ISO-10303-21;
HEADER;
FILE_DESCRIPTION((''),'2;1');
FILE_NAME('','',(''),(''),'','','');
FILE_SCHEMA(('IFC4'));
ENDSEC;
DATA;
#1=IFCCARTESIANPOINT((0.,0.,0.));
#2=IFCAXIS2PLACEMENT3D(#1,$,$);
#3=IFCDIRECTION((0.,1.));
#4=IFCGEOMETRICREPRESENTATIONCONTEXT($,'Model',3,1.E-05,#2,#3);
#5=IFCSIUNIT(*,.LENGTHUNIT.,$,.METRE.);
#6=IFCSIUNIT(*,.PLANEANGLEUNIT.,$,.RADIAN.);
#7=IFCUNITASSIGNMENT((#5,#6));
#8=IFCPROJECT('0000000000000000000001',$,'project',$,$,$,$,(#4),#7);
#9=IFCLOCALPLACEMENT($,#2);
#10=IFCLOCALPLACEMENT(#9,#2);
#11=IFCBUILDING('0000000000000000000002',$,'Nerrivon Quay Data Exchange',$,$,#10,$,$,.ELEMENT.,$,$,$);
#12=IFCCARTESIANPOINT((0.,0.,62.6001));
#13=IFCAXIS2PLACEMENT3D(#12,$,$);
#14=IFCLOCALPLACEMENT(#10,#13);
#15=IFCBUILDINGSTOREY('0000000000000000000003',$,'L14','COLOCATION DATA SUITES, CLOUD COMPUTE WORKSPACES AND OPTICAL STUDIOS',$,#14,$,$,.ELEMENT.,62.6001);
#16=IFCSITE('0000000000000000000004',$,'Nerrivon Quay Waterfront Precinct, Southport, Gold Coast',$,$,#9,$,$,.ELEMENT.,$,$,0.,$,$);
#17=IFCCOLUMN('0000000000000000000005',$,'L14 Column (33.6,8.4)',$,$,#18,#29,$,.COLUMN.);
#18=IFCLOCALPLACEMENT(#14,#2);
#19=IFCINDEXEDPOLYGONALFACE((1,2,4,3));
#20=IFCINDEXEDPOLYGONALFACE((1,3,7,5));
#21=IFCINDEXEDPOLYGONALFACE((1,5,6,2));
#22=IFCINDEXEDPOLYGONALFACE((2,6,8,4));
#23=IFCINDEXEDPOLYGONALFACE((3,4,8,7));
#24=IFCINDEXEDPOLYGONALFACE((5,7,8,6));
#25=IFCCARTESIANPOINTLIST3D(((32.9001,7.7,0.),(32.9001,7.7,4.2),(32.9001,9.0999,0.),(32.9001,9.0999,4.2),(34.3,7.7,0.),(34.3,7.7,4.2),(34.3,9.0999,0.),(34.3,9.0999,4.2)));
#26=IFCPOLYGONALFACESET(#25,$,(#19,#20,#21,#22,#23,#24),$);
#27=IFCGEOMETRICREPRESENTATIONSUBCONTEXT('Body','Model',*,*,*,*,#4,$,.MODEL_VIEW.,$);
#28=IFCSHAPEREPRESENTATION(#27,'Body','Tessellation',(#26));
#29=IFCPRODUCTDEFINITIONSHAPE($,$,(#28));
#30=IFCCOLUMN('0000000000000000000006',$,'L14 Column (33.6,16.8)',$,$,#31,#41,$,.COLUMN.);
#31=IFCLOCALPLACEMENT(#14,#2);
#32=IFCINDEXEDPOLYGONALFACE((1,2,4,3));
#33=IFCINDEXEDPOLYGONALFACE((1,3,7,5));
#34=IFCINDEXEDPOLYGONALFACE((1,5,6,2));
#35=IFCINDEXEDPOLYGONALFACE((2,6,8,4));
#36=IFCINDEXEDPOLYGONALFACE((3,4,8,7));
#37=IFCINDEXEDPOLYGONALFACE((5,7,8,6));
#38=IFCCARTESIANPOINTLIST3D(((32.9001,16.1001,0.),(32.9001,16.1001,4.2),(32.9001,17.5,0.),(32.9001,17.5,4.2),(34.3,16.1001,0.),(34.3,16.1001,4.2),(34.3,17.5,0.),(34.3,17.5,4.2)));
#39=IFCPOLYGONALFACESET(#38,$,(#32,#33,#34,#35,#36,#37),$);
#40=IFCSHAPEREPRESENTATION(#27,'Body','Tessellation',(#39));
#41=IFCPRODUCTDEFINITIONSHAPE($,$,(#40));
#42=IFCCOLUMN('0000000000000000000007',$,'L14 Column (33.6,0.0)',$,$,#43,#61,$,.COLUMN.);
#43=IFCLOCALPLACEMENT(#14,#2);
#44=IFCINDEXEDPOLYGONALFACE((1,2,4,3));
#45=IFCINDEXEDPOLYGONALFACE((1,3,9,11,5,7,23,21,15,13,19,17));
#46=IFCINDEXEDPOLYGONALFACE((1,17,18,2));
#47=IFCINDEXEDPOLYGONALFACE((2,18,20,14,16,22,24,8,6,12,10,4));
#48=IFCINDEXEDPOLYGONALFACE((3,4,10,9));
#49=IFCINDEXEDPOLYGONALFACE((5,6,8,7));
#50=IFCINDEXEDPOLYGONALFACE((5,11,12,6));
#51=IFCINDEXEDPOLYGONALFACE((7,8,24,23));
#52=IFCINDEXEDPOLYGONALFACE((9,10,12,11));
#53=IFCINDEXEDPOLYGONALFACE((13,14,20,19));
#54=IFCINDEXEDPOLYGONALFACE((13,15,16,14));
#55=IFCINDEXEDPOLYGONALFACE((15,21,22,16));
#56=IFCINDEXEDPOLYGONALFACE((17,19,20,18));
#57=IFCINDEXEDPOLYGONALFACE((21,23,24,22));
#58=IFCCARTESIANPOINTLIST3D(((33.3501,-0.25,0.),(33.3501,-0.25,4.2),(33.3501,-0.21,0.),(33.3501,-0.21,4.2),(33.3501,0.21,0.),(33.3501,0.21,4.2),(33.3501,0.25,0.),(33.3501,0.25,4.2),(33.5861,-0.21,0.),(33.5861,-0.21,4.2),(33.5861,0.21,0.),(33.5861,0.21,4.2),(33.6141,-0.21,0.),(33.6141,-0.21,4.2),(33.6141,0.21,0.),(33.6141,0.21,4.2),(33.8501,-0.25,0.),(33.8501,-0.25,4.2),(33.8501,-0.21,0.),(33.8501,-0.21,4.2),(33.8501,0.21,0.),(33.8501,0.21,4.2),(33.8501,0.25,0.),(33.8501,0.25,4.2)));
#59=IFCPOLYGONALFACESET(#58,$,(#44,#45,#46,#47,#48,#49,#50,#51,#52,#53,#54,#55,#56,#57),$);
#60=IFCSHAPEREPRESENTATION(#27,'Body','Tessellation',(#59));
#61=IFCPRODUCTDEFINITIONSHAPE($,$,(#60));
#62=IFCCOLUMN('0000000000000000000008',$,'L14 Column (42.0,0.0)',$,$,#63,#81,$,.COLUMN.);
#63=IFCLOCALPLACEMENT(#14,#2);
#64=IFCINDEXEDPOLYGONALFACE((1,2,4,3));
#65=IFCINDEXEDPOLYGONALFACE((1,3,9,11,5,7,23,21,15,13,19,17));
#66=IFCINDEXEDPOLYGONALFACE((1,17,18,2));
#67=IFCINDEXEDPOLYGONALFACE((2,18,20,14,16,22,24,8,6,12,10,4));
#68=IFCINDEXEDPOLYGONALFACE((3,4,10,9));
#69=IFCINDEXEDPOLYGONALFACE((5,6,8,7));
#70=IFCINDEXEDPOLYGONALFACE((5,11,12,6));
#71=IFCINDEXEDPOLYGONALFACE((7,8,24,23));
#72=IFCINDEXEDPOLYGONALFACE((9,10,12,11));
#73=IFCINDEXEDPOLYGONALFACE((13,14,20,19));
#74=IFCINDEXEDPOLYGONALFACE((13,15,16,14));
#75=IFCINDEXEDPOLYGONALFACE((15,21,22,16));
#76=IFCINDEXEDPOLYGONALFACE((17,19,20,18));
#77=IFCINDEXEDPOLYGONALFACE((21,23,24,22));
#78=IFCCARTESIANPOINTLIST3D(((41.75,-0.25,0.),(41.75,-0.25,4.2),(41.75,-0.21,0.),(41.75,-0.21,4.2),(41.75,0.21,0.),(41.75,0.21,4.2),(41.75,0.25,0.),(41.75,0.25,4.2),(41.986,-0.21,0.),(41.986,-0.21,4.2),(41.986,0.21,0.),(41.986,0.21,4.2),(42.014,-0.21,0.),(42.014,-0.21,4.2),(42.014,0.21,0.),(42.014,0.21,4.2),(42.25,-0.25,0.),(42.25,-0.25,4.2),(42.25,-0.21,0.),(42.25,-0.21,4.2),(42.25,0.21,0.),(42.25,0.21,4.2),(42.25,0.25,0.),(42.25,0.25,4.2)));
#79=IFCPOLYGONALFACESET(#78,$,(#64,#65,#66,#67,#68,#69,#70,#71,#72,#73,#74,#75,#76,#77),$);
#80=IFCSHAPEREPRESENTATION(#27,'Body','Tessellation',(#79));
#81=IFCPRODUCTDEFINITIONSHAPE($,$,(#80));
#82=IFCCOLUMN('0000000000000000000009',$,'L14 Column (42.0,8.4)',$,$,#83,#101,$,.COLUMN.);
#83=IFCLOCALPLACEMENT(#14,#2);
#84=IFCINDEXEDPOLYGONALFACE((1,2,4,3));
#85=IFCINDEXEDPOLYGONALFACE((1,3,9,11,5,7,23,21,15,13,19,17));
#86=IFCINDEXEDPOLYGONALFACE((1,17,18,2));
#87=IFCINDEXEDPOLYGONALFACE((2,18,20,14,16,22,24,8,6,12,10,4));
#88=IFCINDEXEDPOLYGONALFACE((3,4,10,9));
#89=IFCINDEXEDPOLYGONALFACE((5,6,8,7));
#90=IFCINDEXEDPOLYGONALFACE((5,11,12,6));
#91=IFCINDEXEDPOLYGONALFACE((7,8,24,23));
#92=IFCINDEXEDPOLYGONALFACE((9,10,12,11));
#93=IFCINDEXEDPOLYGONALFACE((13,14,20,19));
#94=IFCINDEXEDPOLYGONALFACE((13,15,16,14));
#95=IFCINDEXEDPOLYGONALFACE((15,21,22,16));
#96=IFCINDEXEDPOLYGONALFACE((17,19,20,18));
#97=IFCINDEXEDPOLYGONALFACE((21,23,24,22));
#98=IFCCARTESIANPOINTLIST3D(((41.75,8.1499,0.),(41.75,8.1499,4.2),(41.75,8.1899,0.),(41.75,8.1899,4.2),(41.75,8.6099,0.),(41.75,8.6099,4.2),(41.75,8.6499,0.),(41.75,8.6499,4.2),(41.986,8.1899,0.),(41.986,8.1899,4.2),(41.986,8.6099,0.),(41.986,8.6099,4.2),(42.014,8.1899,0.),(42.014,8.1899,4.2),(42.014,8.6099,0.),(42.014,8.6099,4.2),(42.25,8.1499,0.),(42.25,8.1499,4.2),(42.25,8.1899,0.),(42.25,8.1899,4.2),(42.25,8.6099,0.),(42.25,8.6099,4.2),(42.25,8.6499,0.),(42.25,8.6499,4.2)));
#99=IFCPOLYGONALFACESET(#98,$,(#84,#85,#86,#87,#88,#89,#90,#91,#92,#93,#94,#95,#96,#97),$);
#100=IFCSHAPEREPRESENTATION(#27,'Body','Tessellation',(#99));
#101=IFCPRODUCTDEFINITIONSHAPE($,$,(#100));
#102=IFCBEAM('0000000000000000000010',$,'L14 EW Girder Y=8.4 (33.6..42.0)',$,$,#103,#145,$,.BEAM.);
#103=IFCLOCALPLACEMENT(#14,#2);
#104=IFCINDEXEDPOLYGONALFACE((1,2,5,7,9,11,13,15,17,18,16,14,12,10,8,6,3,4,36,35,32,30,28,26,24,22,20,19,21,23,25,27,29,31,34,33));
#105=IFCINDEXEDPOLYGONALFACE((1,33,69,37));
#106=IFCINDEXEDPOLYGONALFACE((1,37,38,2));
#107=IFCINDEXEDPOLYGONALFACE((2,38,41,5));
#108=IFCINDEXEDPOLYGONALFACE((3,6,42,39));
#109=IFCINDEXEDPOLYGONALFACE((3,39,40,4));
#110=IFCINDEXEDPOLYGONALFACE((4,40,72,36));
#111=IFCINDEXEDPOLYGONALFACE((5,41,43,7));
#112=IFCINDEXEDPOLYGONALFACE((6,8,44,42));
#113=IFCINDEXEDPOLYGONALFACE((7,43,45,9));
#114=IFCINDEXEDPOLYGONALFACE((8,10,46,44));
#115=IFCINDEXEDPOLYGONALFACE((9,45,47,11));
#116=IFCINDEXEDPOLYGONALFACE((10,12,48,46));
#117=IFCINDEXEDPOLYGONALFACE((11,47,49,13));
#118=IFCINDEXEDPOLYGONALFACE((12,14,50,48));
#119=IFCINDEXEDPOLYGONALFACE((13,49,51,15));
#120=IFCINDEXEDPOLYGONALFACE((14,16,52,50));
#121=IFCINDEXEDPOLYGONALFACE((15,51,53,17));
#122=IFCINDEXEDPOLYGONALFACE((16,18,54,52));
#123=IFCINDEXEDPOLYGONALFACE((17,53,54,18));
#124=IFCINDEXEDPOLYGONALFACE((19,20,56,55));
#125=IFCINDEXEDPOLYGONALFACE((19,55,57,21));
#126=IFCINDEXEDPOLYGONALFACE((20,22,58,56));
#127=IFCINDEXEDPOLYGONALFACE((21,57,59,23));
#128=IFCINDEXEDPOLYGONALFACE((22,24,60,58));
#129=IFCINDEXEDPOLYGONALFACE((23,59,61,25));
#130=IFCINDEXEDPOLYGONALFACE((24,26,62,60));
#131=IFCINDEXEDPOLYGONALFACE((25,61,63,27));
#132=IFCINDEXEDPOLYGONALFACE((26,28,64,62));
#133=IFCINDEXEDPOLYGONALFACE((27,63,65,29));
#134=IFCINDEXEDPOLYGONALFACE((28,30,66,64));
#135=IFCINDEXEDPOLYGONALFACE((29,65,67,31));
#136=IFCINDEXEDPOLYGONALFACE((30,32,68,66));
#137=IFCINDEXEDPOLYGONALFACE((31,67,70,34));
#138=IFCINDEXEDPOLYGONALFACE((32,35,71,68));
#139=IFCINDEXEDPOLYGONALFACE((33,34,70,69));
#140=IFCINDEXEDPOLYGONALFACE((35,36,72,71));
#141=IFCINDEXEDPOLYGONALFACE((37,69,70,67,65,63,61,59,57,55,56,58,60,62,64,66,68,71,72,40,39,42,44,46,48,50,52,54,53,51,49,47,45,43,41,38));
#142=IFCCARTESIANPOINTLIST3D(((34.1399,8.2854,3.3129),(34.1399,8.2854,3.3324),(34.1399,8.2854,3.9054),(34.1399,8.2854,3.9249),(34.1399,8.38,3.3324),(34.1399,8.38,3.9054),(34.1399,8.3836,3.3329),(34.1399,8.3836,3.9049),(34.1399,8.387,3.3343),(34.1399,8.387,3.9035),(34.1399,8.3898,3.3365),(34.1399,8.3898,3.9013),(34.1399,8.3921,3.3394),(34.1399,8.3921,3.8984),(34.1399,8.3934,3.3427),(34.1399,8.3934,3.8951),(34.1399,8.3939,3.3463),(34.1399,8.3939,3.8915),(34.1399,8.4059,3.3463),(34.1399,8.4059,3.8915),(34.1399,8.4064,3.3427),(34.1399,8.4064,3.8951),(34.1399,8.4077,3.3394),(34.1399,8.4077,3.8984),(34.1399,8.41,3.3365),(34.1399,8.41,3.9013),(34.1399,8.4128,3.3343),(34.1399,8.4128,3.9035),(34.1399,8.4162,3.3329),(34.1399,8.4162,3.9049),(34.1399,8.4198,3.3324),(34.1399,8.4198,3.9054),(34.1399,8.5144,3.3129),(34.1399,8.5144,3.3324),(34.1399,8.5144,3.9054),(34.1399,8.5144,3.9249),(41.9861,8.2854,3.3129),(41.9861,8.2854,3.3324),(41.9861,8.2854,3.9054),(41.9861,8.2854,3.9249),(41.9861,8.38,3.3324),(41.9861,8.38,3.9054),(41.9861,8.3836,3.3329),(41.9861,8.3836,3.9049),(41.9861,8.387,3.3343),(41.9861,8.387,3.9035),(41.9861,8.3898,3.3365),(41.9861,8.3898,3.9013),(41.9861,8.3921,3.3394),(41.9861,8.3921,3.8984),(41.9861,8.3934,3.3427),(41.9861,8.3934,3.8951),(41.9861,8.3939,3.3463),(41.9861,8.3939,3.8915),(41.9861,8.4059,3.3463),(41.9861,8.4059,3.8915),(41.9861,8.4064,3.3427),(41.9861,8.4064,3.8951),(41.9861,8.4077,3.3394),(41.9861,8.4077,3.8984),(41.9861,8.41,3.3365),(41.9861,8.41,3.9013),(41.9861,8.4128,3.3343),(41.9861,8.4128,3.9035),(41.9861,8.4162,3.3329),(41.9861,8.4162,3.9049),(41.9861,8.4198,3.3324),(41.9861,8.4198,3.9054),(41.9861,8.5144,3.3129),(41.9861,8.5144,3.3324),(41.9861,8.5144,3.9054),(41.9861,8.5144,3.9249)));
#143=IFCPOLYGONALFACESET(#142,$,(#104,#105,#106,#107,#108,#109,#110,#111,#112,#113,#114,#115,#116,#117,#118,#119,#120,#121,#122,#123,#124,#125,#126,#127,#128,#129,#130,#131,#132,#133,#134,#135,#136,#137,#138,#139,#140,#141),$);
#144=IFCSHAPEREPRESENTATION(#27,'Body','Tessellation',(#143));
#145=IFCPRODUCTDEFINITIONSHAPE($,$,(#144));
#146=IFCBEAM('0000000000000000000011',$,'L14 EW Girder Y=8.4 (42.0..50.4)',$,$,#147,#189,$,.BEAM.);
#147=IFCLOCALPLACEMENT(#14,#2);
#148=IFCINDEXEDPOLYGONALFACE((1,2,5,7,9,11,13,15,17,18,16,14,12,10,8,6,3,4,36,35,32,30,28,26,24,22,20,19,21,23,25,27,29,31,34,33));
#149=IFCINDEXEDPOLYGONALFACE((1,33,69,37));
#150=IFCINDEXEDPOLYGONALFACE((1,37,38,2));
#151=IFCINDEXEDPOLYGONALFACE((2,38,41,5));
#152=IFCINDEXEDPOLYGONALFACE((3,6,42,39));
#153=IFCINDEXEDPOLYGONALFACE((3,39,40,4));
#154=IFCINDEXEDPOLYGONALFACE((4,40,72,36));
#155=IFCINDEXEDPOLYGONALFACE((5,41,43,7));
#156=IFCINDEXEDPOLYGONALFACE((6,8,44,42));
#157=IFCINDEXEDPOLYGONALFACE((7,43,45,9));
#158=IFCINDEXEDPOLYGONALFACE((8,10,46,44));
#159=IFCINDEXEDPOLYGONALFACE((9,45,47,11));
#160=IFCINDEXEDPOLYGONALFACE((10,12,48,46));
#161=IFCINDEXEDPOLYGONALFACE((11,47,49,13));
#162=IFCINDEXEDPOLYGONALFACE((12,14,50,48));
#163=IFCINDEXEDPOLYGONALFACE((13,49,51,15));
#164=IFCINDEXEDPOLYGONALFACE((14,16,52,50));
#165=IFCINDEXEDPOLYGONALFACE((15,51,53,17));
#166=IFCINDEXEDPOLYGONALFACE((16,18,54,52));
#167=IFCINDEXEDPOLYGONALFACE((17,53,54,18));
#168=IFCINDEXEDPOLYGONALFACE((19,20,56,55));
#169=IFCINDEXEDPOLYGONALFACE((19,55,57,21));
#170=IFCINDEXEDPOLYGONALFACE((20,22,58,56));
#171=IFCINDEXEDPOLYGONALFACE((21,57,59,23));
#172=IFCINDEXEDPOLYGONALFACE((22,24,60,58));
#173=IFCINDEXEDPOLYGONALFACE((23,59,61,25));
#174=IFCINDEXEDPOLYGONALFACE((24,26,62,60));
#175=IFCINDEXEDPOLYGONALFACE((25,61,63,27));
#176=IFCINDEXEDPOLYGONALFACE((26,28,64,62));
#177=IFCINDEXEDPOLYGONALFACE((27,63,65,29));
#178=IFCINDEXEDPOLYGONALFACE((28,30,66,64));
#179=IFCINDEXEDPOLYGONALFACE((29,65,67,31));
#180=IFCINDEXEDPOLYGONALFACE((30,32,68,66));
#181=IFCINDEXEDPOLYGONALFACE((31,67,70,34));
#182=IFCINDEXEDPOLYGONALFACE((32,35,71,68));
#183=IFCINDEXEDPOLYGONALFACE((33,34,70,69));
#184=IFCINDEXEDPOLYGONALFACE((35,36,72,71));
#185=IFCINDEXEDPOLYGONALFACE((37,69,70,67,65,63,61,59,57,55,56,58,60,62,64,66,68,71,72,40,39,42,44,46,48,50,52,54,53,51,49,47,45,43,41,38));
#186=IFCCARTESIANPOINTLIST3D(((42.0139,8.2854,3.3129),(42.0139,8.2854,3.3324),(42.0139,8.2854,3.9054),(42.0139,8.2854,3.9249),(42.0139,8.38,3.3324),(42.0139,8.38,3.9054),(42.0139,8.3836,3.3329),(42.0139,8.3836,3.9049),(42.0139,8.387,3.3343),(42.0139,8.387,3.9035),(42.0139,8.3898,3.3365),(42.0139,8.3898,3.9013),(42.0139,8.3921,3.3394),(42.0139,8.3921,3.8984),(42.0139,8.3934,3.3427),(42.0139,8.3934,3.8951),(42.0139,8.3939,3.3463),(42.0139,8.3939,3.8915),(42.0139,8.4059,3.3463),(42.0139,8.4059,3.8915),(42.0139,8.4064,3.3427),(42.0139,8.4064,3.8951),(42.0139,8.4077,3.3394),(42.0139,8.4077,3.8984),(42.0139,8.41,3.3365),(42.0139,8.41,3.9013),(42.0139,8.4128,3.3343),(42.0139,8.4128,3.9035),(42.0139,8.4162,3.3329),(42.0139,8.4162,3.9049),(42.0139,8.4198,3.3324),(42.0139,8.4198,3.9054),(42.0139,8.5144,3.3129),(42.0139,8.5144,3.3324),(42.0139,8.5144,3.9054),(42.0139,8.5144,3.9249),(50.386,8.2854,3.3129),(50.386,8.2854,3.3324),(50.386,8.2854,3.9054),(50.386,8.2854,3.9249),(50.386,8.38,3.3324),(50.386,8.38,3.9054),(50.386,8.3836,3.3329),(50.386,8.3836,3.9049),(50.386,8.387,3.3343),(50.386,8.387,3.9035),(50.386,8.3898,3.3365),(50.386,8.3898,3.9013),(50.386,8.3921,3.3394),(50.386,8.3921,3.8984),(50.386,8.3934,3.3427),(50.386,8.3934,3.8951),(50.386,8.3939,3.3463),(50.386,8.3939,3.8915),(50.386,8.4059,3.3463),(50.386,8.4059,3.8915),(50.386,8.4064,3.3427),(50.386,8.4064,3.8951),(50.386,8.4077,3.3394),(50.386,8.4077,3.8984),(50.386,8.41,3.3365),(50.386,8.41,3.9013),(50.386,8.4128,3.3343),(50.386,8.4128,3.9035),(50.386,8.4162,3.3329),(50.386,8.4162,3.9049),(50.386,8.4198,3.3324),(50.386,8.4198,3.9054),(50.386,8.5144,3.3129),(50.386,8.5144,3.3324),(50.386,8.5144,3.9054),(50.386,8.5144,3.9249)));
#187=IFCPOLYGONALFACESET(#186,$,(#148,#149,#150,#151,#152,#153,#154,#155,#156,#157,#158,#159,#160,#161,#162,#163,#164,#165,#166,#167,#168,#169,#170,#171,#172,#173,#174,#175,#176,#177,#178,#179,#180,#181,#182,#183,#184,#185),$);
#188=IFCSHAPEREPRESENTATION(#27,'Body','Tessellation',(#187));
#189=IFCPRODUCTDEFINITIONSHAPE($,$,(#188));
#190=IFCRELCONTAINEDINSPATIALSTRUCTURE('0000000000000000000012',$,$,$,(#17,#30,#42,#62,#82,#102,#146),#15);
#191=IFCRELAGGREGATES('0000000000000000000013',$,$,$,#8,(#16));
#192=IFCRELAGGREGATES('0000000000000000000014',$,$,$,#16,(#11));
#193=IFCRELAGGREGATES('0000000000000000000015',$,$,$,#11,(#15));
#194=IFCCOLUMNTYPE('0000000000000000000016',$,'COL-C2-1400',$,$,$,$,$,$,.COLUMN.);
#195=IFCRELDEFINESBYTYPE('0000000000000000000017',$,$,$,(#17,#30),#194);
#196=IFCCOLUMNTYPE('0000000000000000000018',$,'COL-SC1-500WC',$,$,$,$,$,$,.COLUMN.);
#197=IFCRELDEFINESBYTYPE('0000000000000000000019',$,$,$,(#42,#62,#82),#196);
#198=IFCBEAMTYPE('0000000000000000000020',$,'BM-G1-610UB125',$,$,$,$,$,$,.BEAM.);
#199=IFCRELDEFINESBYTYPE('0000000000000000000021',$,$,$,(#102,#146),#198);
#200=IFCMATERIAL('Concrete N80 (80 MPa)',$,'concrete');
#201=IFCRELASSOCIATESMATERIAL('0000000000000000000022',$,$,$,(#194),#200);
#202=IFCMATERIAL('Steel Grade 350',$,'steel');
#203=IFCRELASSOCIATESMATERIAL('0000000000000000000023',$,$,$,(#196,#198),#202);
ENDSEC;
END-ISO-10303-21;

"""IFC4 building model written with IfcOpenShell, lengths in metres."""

from ifc_helpers import new_model, si_unit, direction, frame, origin, origin_2d, place, context, subcontext, project, spatial, rectangle, i_section, extrude, material, material_profile, profile_set, type_object, element, save


model = new_model("IFC4")

# Units and contexts
model_context = context("Model", 3, precision=1e-05, world=origin(), true_north=direction((0.0, 1.0)))
body_context = subcontext(model_context, "Body", "Model", "MODEL_VIEW")
ifc_project = project(units=[si_unit("LENGTHUNIT", "METRE"), si_unit("PLANEANGLEUNIT", "RADIAN")], contexts=[model_context])

# Site, building, storey
site_placement = place(None, origin())
site = spatial("IfcSite", under=ifc_project, at=site_placement, Name="Nerrivon Quay Waterfront Precinct, Southport, Gold Coast", CompositionType="ELEMENT", RefElevation=0.0)
building_placement = place(site_placement, origin())
building = spatial("IfcBuilding", under=site, at=building_placement, Name="Nerrivon Quay Data Exchange", CompositionType="ELEMENT")
storey_placement = place(building_placement, frame((0.0, 0.0, 62.6001)))
storey = spatial("IfcBuildingStorey", under=building, at=storey_placement, Name="L14", Description="COLOCATION DATA SUITES, CLOUD COMPUTE WORKSPACES AND OPTICAL STUDIOS", CompositionType="ELEMENT", Elevation=62.6001)

# Columns
ifc_material_1 = material(Name="Concrete N80 (80 MPa)", Category="concrete")
ifc_material_profile_1 = material_profile(ifc_material_1, rectangle(XDim=1.3999, YDim=1.3999, at=origin_2d()), Name="RC-COL-1400x1400")
ifc_profile_set_1 = profile_set([ifc_material_profile_1], Name="Concrete N80 (80 MPa)")
column_type_1 = type_object("IfcColumnType", Name="COL-C2-1400", PredefinedType="COLUMN", material=ifc_profile_set_1)
for number, where, z_axis, x_axis, name in (
    (1, (33.6001, 8.3999, 0.0), (0.0, 0.0, 1.0), (1.0, 0.0, 0.0), "L14 Column (33.6,8.4)"),
    (2, (33.6001, 16.8, 0.0), (0.0, 0.0, 1.0), (1.0, 0.0, 0.0), "L14 Column (33.6,16.8)"),
):
    element("IfcColumn", number, at=place(storey_placement, frame(where, z_axis=z_axis, x_axis=x_axis)), inside=storey, type_object=column_type_1, Name=name, PredefinedType="COLUMN", context=body_context, shape_type="SweptSolid", body=[
        extrude(rectangle(XDim=1.3999, YDim=1.3999, at=origin_2d()), origin(), (0.0, 0.0, 1.0), 4.2),
    ])
ifc_material_2 = material(Name="Steel Grade 350", Category="steel")
ifc_material_profile_2 = material_profile(ifc_material_2, i_section(OverallWidth=0.5, OverallDepth=0.5, WebThickness=0.0281, FlangeThickness=0.04, at=origin_2d()), Name="500WC440")
ifc_profile_set_2 = profile_set([ifc_material_profile_2], Name="Steel Grade 350")
column_type_2 = type_object("IfcColumnType", Name="COL-SC1-500WC", PredefinedType="COLUMN", material=ifc_profile_set_2)
for number, where, z_axis, x_axis, name in (
    (3, (33.6001, 0.0, 0.0), (0.0, 0.0, 1.0), (1.0, 0.0, 0.0), "L14 Column (33.6,0.0)"),
    (4, (42.0, 0.0, 0.0), (0.0, 0.0, 1.0), (1.0, 0.0, 0.0), "L14 Column (42.0,0.0)"),
    (5, (42.0, 8.3999, 0.0), (0.0, 0.0, 1.0), (1.0, 0.0, 0.0), "L14 Column (42.0,8.4)"),
):
    element("IfcColumn", number, at=place(storey_placement, frame(where, z_axis=z_axis, x_axis=x_axis)), inside=storey, type_object=column_type_2, Name=name, PredefinedType="COLUMN", context=body_context, shape_type="SweptSolid", body=[
        extrude(i_section(OverallWidth=0.5, OverallDepth=0.5, WebThickness=0.0281, FlangeThickness=0.04, at=origin_2d()), origin(), (0.0, 0.0, 1.0), 4.2),
    ])

# Beams
ifc_material_profile_3 = material_profile(ifc_material_2, i_section(OverallWidth=0.229, OverallDepth=0.6121, WebThickness=0.012, FlangeThickness=0.0195, FilletRadius=0.0139, at=origin_2d()), Name="610UB125")
ifc_profile_set_3 = profile_set([ifc_material_profile_3], Name="Steel Grade 350")
beam_type_1 = type_object("IfcBeamType", Name="BM-G1-610UB125", PredefinedType="BEAM", material=ifc_profile_set_3)
beam_1_placement = place(storey_placement, frame((34.1399, 8.3999, 3.6189), z_axis=(1.0, 0.0, 0.0), x_axis=(0.0, 1.0, 0.0)))
element("IfcBeam", 6, at=beam_1_placement, inside=storey, type_object=beam_type_1, Name="L14 EW Girder Y=8.4 (33.6..42.0)", PredefinedType="BEAM", context=body_context, shape_type="SweptSolid", body=[
    extrude(i_section(OverallWidth=0.229, OverallDepth=0.6121, WebThickness=0.012, FlangeThickness=0.0195, FilletRadius=0.0139, at=origin_2d()), origin(), (0.0, 0.0, 1.0), 7.8462),
])
beam_2_placement = place(storey_placement, frame((42.0139, 8.3999, 3.6189), z_axis=(1.0, 0.0, 0.0), x_axis=(0.0, 1.0, 0.0)))
element("IfcBeam", 7, at=beam_2_placement, inside=storey, type_object=beam_type_1, Name="L14 EW Girder Y=8.4 (42.0..50.4)", PredefinedType="BEAM", context=body_context, shape_type="SweptSolid", body=[
    extrude(i_section(OverallWidth=0.229, OverallDepth=0.6121, WebThickness=0.012, FlangeThickness=0.0195, FilletRadius=0.0139, at=origin_2d()), origin(), (0.0, 0.0, 1.0), 8.3721),
])

save(model, "model.ifc")
